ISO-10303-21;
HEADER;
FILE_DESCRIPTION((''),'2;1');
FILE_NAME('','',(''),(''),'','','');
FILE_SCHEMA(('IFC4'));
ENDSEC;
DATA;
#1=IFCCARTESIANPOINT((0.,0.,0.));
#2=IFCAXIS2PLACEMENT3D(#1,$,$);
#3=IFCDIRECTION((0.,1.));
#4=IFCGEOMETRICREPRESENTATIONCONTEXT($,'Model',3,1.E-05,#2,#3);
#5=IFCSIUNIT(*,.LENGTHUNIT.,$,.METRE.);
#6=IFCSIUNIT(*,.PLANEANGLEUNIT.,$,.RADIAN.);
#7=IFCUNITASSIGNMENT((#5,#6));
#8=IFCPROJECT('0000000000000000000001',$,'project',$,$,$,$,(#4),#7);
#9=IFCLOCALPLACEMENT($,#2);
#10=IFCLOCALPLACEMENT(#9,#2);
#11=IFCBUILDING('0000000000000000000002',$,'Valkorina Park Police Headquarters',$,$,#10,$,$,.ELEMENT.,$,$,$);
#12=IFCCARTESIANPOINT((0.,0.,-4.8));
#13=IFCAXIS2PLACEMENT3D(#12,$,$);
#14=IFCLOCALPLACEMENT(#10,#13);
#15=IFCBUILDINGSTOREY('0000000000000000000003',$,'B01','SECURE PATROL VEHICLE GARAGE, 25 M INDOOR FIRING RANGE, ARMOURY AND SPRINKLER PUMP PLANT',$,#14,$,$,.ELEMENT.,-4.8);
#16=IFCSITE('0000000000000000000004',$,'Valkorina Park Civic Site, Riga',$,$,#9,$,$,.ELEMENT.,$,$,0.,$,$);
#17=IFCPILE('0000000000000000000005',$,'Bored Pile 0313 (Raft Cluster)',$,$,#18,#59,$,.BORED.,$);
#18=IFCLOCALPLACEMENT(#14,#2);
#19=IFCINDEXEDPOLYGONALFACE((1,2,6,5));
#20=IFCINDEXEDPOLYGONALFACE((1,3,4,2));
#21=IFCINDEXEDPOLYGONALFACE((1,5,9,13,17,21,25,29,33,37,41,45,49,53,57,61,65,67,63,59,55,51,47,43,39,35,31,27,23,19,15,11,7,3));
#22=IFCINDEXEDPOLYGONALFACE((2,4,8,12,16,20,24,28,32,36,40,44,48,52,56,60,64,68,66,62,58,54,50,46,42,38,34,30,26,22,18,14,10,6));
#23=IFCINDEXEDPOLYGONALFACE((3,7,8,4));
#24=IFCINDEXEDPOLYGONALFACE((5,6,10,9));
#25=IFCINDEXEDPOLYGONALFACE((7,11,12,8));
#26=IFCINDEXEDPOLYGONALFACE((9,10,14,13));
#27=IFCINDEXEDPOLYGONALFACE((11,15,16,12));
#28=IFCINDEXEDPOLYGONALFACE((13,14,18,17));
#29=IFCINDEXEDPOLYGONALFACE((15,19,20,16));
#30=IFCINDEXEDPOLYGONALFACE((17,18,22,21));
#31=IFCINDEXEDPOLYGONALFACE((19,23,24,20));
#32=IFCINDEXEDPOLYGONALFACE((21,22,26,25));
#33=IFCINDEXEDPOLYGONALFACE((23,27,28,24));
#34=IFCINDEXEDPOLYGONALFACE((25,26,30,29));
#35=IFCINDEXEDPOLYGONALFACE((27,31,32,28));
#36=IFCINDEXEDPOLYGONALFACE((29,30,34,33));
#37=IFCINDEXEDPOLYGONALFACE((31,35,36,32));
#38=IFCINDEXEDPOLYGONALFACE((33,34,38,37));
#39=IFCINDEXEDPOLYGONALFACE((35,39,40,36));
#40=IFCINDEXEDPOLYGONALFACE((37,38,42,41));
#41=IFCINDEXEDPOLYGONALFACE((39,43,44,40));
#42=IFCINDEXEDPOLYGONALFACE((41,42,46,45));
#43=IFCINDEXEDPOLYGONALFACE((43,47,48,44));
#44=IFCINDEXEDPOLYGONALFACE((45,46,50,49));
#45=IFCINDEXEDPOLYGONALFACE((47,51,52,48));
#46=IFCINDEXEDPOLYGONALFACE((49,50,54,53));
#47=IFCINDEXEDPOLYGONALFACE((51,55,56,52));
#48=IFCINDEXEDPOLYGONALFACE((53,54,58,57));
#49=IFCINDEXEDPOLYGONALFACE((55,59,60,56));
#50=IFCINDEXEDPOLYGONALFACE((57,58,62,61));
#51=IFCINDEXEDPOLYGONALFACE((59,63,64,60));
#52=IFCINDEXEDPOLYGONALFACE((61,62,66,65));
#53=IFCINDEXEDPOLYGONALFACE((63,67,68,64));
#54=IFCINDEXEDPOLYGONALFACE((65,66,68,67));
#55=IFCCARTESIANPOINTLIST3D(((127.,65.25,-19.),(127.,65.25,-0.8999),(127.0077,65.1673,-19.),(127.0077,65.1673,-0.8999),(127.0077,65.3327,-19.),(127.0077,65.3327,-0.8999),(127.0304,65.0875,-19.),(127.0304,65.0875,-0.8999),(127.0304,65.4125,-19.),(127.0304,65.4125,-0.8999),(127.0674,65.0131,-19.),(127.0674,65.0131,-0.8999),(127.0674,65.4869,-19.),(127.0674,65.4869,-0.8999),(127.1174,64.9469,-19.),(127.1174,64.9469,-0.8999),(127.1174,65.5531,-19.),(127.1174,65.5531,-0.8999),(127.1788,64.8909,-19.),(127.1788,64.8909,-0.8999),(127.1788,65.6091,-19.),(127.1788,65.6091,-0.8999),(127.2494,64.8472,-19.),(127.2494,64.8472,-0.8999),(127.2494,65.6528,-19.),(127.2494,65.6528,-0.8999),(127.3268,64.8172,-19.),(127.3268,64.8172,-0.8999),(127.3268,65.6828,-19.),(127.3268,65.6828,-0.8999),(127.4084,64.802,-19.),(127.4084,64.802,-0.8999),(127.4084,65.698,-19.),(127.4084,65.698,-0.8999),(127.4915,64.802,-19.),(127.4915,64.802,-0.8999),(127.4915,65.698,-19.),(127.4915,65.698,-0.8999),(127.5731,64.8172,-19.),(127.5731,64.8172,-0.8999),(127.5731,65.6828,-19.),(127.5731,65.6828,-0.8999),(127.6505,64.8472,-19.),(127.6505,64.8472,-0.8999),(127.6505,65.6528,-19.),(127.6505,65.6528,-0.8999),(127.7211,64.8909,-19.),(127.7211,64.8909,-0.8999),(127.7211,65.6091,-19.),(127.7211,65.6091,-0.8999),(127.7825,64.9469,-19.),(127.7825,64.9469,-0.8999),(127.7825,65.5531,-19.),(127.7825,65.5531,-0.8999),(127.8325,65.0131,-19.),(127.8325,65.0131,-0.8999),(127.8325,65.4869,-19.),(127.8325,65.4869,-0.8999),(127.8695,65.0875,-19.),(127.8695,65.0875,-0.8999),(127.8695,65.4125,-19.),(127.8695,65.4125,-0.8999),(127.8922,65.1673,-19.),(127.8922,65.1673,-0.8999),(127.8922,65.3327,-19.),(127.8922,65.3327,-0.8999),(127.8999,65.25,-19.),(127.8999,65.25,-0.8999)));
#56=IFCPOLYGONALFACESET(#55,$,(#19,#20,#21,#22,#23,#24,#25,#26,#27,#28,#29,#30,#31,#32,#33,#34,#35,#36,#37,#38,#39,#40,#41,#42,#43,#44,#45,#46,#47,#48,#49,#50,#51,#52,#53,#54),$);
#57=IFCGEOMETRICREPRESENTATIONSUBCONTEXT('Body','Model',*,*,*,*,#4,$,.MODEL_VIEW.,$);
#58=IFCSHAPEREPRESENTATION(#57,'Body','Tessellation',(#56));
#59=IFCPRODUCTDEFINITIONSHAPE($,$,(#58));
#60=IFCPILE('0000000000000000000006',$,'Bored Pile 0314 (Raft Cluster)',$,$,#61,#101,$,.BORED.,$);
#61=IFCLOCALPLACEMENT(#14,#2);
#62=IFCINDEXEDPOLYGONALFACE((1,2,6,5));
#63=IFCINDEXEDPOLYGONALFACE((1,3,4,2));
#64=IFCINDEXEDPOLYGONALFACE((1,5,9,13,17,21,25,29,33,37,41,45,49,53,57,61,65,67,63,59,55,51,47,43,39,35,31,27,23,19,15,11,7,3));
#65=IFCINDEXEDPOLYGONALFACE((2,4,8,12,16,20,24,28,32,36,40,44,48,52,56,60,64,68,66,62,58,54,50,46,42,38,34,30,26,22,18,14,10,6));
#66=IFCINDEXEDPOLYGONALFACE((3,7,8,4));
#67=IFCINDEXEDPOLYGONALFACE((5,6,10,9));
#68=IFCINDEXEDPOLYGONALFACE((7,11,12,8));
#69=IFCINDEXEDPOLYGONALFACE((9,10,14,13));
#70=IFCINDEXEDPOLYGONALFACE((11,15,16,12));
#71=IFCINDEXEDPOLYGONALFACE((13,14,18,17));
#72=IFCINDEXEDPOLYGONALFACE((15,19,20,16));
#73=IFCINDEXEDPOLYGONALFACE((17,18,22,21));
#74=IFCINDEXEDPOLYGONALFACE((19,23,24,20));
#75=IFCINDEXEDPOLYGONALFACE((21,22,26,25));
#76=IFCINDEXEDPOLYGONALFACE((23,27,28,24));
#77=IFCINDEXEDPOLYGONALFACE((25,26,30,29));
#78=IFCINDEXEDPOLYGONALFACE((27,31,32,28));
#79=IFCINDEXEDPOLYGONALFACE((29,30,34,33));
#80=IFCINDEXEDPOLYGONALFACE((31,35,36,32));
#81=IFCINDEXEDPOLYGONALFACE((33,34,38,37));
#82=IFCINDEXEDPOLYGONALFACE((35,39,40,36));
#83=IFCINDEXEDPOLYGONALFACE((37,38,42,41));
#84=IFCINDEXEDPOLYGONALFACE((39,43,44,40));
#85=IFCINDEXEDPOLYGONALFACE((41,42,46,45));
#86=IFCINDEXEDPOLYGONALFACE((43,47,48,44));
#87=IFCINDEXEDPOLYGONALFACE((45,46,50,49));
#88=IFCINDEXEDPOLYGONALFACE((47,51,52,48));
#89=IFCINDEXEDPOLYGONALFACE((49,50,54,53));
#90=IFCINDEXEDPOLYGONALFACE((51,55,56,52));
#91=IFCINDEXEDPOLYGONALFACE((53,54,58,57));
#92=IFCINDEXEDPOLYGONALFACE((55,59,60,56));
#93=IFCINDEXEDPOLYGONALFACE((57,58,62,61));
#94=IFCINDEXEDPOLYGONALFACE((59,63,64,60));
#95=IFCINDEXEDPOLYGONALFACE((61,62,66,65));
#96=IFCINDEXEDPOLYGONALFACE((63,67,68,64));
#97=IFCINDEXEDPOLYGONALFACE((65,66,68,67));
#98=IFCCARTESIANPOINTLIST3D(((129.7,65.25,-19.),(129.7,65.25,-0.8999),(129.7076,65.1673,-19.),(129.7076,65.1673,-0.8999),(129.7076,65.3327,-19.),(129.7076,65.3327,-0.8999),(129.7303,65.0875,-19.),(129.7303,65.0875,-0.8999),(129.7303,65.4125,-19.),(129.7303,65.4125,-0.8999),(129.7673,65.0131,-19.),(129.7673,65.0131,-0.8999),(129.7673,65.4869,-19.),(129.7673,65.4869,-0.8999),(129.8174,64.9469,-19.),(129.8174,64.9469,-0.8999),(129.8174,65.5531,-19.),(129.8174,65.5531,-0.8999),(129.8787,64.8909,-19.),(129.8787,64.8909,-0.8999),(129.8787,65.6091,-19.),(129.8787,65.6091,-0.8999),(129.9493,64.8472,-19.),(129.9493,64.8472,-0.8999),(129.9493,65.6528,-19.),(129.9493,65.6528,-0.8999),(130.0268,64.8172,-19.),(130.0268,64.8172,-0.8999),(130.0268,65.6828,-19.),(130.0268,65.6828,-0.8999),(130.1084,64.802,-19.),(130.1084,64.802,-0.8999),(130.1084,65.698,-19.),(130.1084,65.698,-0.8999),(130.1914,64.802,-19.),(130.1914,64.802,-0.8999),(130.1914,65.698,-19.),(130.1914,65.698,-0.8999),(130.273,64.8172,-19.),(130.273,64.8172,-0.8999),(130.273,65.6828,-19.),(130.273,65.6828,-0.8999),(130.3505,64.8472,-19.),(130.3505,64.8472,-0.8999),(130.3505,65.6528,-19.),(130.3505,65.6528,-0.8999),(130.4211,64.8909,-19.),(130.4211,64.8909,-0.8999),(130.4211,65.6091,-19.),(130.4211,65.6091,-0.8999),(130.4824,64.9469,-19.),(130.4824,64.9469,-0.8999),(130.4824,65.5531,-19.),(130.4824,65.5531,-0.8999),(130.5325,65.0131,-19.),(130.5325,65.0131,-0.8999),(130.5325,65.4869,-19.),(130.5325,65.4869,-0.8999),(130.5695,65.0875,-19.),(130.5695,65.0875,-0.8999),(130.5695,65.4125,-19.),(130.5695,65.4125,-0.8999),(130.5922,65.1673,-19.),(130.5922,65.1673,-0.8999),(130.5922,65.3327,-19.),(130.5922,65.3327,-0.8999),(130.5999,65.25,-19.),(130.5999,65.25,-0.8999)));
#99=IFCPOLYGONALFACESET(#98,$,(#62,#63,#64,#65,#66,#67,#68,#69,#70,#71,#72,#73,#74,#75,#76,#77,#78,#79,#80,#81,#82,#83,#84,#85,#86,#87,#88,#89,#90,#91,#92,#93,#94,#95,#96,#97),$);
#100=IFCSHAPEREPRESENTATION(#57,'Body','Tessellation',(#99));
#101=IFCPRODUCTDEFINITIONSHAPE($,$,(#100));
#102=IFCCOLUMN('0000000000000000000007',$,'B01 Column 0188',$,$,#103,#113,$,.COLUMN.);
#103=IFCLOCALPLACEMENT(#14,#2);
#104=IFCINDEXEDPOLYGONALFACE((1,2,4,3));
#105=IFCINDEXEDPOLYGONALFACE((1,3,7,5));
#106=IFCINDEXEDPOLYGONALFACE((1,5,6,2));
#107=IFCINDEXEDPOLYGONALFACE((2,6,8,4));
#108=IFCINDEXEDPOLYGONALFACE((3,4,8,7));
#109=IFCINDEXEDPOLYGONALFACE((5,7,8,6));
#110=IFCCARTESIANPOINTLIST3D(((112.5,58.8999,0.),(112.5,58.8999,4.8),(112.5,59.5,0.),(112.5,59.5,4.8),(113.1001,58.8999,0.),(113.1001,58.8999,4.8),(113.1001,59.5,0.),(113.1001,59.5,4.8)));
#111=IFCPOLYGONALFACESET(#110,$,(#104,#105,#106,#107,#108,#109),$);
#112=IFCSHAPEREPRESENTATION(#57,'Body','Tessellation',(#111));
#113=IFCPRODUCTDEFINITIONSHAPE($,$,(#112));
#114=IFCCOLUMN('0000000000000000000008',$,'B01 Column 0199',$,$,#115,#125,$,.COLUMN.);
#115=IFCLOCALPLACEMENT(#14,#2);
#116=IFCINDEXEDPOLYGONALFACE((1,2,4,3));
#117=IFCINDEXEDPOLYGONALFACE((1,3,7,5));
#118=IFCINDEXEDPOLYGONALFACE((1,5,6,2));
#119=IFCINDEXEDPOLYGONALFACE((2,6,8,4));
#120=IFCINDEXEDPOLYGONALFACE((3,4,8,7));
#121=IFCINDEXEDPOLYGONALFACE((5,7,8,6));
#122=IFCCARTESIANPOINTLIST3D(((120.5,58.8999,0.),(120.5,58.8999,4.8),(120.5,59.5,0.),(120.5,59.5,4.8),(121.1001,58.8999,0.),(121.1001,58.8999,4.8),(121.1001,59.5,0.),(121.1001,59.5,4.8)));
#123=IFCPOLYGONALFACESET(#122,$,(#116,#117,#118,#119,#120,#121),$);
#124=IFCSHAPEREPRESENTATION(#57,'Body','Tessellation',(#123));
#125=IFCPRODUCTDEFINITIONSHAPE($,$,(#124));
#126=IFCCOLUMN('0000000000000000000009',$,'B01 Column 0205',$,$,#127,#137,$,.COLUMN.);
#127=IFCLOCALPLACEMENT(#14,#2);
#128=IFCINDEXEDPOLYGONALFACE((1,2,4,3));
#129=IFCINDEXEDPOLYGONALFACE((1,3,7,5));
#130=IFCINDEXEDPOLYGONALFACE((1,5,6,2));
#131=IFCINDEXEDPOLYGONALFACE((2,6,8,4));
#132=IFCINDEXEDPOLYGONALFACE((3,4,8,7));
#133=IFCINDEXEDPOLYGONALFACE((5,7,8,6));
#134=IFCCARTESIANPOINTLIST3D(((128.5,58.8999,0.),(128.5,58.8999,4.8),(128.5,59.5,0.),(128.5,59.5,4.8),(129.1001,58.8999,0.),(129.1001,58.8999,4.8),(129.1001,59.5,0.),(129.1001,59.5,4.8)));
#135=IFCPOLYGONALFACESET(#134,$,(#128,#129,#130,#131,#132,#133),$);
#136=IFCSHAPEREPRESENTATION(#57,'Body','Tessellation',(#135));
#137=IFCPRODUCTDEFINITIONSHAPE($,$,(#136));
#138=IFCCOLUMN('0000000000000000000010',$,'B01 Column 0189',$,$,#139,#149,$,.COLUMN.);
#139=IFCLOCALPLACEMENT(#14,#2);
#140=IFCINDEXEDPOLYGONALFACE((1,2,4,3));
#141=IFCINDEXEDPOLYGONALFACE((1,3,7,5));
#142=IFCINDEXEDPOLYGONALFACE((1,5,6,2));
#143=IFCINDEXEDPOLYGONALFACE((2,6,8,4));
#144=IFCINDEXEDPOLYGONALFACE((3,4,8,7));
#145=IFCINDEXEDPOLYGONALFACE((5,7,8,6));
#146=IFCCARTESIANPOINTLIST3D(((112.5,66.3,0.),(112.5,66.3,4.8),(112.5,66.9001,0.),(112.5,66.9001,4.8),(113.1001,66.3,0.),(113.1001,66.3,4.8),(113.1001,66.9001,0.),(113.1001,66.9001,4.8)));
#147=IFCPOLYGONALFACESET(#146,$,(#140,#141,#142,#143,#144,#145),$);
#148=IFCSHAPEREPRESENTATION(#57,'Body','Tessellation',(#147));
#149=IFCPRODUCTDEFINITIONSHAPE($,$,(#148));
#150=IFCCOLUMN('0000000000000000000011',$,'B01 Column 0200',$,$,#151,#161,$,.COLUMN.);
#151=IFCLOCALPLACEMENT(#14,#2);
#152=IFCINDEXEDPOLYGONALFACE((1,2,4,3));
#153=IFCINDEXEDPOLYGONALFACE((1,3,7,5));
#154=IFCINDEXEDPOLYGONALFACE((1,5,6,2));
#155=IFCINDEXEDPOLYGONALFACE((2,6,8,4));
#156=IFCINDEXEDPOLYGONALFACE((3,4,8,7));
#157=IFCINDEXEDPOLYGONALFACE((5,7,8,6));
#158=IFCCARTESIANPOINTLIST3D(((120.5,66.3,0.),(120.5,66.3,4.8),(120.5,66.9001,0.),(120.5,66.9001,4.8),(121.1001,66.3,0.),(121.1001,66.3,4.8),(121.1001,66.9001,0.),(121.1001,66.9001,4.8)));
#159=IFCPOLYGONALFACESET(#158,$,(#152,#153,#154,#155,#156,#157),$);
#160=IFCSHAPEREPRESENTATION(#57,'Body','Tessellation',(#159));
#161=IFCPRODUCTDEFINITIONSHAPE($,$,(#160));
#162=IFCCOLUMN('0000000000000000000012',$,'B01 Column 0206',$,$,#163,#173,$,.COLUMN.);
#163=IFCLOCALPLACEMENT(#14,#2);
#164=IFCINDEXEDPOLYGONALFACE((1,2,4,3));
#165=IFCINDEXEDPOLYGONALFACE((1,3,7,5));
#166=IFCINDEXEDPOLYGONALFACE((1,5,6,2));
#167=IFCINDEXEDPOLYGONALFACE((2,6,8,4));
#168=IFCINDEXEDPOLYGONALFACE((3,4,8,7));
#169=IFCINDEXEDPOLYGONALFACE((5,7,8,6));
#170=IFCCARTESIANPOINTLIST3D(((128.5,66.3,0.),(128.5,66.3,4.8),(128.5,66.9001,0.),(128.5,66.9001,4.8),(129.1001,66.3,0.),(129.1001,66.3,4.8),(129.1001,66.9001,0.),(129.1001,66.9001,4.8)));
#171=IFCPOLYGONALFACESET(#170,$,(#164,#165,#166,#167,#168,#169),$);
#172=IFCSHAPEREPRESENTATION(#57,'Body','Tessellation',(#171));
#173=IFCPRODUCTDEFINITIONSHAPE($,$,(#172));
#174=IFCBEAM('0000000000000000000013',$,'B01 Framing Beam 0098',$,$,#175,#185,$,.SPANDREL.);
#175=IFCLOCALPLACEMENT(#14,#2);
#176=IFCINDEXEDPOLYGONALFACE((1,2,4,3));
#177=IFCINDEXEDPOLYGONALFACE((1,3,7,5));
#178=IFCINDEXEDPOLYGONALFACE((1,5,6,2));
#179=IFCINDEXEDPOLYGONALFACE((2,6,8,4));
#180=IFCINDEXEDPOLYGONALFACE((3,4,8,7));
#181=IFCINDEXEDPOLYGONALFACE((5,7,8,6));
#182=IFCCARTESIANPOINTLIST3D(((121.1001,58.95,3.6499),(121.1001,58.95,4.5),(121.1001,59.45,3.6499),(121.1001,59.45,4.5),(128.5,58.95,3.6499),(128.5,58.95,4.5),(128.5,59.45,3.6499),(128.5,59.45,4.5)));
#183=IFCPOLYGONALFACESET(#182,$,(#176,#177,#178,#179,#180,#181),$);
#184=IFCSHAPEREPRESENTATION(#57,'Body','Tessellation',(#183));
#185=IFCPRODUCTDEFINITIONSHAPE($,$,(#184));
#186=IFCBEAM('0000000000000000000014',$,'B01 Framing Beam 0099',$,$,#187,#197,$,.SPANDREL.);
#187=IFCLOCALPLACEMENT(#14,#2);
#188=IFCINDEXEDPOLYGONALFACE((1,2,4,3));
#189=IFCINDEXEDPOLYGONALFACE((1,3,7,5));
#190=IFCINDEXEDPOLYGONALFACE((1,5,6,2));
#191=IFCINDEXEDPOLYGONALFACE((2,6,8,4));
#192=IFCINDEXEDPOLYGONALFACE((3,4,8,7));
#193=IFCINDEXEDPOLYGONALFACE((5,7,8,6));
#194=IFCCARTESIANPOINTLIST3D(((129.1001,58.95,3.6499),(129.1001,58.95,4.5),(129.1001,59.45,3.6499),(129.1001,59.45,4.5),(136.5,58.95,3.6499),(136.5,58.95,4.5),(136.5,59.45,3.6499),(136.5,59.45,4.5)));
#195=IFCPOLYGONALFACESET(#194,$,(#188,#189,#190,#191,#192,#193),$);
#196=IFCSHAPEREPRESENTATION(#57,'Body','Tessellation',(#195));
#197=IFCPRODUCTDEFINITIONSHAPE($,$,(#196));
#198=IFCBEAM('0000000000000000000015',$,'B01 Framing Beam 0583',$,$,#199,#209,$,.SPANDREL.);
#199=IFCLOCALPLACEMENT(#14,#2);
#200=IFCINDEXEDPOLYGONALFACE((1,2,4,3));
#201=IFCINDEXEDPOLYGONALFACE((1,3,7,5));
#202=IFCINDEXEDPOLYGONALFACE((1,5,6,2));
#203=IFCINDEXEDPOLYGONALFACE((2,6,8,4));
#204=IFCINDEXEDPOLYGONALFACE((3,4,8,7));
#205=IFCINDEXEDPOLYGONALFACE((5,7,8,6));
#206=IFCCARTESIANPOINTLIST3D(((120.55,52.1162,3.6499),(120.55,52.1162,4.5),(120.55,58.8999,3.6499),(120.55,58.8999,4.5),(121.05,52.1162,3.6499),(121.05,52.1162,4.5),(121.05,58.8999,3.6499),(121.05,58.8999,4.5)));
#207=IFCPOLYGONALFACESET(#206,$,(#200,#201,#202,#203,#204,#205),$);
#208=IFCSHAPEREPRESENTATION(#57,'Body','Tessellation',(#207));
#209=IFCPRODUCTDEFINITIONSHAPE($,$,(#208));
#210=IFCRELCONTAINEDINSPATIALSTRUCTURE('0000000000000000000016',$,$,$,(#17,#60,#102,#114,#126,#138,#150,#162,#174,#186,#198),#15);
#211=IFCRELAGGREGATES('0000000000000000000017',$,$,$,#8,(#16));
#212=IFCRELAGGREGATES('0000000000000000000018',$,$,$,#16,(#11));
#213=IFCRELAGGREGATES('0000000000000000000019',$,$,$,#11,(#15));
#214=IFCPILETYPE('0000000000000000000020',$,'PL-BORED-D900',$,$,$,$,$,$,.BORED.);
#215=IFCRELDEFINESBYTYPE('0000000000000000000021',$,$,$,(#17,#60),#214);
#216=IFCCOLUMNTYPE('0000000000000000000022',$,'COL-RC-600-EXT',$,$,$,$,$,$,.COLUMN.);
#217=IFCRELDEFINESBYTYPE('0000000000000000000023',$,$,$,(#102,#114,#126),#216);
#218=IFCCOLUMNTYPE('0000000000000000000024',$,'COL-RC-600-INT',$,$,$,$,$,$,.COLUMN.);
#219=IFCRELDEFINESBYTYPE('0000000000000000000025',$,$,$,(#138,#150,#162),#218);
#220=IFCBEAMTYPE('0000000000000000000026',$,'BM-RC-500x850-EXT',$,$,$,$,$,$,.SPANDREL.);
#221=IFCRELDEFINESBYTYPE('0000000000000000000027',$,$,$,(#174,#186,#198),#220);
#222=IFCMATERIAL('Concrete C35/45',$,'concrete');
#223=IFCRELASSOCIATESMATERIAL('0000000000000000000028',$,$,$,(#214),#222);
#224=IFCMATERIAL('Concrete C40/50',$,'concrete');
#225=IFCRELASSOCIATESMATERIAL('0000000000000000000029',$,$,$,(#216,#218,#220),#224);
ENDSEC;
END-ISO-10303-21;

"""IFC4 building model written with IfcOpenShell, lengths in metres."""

from ifc_helpers import new_model, si_unit, direction, frame, origin, origin_2d, place, context, subcontext, project, spatial, rectangle, circle, extrude, material, material_profile, profile_set, type_object, element, save


model = new_model("IFC4")

# Units and contexts
model_context = context("Model", 3, precision=1e-05, world=origin(), true_north=direction((0.0, 1.0)))
body_context = subcontext(model_context, "Body", "Model", "MODEL_VIEW")
ifc_project = project(units=[si_unit("LENGTHUNIT", "METRE"), si_unit("PLANEANGLEUNIT", "RADIAN")], contexts=[model_context])

# Site, building, storey
site_placement = place(None, origin())
site = spatial("IfcSite", under=ifc_project, at=site_placement, Name="Valkorina Park Civic Site, Riga", CompositionType="ELEMENT", RefElevation=0.0)
building_placement = place(site_placement, origin())
building = spatial("IfcBuilding", under=site, at=building_placement, Name="Valkorina Park Police Headquarters", CompositionType="ELEMENT")
storey_placement = place(building_placement, frame((0.0, 0.0, -4.8)))
storey = spatial("IfcBuildingStorey", under=building, at=storey_placement, Name="B01", Description="SECURE PATROL VEHICLE GARAGE, 25 M INDOOR FIRING RANGE, ARMOURY AND SPRINKLER PUMP PLANT", CompositionType="ELEMENT", Elevation=-4.8)

# Piles
ifc_material_1 = material(Name="Concrete C35/45", Category="concrete")
ifc_material_profile_1 = material_profile(ifc_material_1, circle(Radius=0.45, at=origin_2d()), Name="BORED PILE D900")
ifc_profile_set_1 = profile_set([ifc_material_profile_1], Name="Concrete C35/45")
pile_type_1 = type_object("IfcPileType", Name="PL-BORED-D900", PredefinedType="BORED", material=ifc_profile_set_1)
for number, where, z_axis, x_axis, name in (
    (1, (127.45, 65.25, -0.8999), (0.0, 0.0, -1.0), (1.0, 0.0, 0.0), "Bored Pile 0313 (Raft Cluster)"),
    (2, (130.1499, 65.25, -0.8999), (0.0, 0.0, -1.0), (1.0, 0.0, 0.0), "Bored Pile 0314 (Raft Cluster)"),
):
    element("IfcPile", number, at=place(storey_placement, frame(where, z_axis=z_axis, x_axis=x_axis)), inside=storey, type_object=pile_type_1, Name=name, PredefinedType="BORED", context=body_context, shape_type="SweptSolid", body=[
        extrude(circle(Radius=0.45, at=origin_2d()), origin(), (0.0, 0.0, 1.0), 18.1001),
    ])

# Columns
ifc_material_2 = material(Name="Concrete C40/50", Category="concrete")
ifc_material_profile_2 = material_profile(ifc_material_2, rectangle(XDim=0.6001, YDim=0.6001, at=origin_2d()), Name="RC COL 600x600")
ifc_profile_set_2 = profile_set([ifc_material_profile_2], Name="Concrete C40/50")
column_type_1 = type_object("IfcColumnType", Name="COL-RC-600-EXT", PredefinedType="COLUMN", material=ifc_profile_set_2)
for number, where, z_axis, x_axis, name in (
    (3, (112.8, 59.2, 0.0), (0.0, 0.0, 1.0), (1.0, 0.0, 0.0), "B01 Column 0188"),
    (4, (120.8, 59.2, 0.0), (0.0, 0.0, 1.0), (1.0, 0.0, 0.0), "B01 Column 0199"),
    (5, (128.8, 59.2, 0.0), (0.0, 0.0, 1.0), (1.0, 0.0, 0.0), "B01 Column 0205"),
):
    element("IfcColumn", number, at=place(storey_placement, frame(where, z_axis=z_axis, x_axis=x_axis)), inside=storey, type_object=column_type_1, Name=name, PredefinedType="COLUMN", context=body_context, shape_type="SweptSolid", body=[
        extrude(rectangle(XDim=0.6001, YDim=0.6001, at=origin_2d()), origin(), (0.0, 0.0, 1.0), 4.8),
    ])
ifc_material_profile_3 = material_profile(ifc_material_2, rectangle(XDim=0.6001, YDim=0.6001, at=origin_2d()), Name="RC COL 600x600")
ifc_profile_set_3 = profile_set([ifc_material_profile_3], Name="Concrete C40/50")
column_type_2 = type_object("IfcColumnType", Name="COL-RC-600-INT", PredefinedType="COLUMN", material=ifc_profile_set_3)
for number, where, z_axis, x_axis, name in (
    (6, (112.8, 66.6001, 0.0), (0.0, 0.0, 1.0), (1.0, 0.0, 0.0), "B01 Column 0189"),
    (7, (120.8, 66.6001, 0.0), (0.0, 0.0, 1.0), (1.0, 0.0, 0.0), "B01 Column 0200"),
    (8, (128.8, 66.6001, 0.0), (0.0, 0.0, 1.0), (1.0, 0.0, 0.0), "B01 Column 0206"),
):
    element("IfcColumn", number, at=place(storey_placement, frame(where, z_axis=z_axis, x_axis=x_axis)), inside=storey, type_object=column_type_2, Name=name, PredefinedType="COLUMN", context=body_context, shape_type="SweptSolid", body=[
        extrude(rectangle(XDim=0.6001, YDim=0.6001, at=origin_2d()), origin(), (0.0, 0.0, 1.0), 4.8),
    ])

# Beams
ifc_material_profile_4 = material_profile(ifc_material_2, rectangle(XDim=0.5, YDim=0.8501, at=origin_2d()), Name="RC BEAM 500x850")
ifc_profile_set_4 = profile_set([ifc_material_profile_4], Name="Concrete C40/50")
beam_type_1 = type_object("IfcBeamType", Name="BM-RC-500x850-EXT", PredefinedType="SPANDREL", material=ifc_profile_set_4)
for number, where, z_axis, x_axis, name in (
    (9, (121.1001, 59.2, 4.075), (1.0, 0.0, 0.0), (0.0, 1.0, 0.0), "B01 Framing Beam 0098"),
    (10, (129.1001, 59.2, 4.075), (1.0, 0.0, 0.0), (0.0, 1.0, 0.0), "B01 Framing Beam 0099"),
):
    element("IfcBeam", number, at=place(storey_placement, frame(where, z_axis=z_axis, x_axis=x_axis)), inside=storey, type_object=beam_type_1, Name=name, PredefinedType="SPANDREL", context=body_context, shape_type="SweptSolid", body=[
        extrude(rectangle(XDim=0.5, YDim=0.8501, at=origin_2d()), origin(), (0.0, 0.0, 1.0), 7.3999),
    ])
beam_1_placement = place(storey_placement, frame((120.8, 52.1162, 4.075), z_axis=(0.0, 1.0, 0.0), x_axis=(-1.0, 0.0, 0.0)))
element("IfcBeam", 11, at=beam_1_placement, inside=storey, type_object=beam_type_1, Name="B01 Framing Beam 0583", PredefinedType="SPANDREL", context=body_context, shape_type="SweptSolid", body=[
    extrude(rectangle(XDim=0.5, YDim=0.8501, at=origin_2d()), origin(), (0.0, 0.0, 1.0), 6.7837),
])

save(model, "model.ifc")
